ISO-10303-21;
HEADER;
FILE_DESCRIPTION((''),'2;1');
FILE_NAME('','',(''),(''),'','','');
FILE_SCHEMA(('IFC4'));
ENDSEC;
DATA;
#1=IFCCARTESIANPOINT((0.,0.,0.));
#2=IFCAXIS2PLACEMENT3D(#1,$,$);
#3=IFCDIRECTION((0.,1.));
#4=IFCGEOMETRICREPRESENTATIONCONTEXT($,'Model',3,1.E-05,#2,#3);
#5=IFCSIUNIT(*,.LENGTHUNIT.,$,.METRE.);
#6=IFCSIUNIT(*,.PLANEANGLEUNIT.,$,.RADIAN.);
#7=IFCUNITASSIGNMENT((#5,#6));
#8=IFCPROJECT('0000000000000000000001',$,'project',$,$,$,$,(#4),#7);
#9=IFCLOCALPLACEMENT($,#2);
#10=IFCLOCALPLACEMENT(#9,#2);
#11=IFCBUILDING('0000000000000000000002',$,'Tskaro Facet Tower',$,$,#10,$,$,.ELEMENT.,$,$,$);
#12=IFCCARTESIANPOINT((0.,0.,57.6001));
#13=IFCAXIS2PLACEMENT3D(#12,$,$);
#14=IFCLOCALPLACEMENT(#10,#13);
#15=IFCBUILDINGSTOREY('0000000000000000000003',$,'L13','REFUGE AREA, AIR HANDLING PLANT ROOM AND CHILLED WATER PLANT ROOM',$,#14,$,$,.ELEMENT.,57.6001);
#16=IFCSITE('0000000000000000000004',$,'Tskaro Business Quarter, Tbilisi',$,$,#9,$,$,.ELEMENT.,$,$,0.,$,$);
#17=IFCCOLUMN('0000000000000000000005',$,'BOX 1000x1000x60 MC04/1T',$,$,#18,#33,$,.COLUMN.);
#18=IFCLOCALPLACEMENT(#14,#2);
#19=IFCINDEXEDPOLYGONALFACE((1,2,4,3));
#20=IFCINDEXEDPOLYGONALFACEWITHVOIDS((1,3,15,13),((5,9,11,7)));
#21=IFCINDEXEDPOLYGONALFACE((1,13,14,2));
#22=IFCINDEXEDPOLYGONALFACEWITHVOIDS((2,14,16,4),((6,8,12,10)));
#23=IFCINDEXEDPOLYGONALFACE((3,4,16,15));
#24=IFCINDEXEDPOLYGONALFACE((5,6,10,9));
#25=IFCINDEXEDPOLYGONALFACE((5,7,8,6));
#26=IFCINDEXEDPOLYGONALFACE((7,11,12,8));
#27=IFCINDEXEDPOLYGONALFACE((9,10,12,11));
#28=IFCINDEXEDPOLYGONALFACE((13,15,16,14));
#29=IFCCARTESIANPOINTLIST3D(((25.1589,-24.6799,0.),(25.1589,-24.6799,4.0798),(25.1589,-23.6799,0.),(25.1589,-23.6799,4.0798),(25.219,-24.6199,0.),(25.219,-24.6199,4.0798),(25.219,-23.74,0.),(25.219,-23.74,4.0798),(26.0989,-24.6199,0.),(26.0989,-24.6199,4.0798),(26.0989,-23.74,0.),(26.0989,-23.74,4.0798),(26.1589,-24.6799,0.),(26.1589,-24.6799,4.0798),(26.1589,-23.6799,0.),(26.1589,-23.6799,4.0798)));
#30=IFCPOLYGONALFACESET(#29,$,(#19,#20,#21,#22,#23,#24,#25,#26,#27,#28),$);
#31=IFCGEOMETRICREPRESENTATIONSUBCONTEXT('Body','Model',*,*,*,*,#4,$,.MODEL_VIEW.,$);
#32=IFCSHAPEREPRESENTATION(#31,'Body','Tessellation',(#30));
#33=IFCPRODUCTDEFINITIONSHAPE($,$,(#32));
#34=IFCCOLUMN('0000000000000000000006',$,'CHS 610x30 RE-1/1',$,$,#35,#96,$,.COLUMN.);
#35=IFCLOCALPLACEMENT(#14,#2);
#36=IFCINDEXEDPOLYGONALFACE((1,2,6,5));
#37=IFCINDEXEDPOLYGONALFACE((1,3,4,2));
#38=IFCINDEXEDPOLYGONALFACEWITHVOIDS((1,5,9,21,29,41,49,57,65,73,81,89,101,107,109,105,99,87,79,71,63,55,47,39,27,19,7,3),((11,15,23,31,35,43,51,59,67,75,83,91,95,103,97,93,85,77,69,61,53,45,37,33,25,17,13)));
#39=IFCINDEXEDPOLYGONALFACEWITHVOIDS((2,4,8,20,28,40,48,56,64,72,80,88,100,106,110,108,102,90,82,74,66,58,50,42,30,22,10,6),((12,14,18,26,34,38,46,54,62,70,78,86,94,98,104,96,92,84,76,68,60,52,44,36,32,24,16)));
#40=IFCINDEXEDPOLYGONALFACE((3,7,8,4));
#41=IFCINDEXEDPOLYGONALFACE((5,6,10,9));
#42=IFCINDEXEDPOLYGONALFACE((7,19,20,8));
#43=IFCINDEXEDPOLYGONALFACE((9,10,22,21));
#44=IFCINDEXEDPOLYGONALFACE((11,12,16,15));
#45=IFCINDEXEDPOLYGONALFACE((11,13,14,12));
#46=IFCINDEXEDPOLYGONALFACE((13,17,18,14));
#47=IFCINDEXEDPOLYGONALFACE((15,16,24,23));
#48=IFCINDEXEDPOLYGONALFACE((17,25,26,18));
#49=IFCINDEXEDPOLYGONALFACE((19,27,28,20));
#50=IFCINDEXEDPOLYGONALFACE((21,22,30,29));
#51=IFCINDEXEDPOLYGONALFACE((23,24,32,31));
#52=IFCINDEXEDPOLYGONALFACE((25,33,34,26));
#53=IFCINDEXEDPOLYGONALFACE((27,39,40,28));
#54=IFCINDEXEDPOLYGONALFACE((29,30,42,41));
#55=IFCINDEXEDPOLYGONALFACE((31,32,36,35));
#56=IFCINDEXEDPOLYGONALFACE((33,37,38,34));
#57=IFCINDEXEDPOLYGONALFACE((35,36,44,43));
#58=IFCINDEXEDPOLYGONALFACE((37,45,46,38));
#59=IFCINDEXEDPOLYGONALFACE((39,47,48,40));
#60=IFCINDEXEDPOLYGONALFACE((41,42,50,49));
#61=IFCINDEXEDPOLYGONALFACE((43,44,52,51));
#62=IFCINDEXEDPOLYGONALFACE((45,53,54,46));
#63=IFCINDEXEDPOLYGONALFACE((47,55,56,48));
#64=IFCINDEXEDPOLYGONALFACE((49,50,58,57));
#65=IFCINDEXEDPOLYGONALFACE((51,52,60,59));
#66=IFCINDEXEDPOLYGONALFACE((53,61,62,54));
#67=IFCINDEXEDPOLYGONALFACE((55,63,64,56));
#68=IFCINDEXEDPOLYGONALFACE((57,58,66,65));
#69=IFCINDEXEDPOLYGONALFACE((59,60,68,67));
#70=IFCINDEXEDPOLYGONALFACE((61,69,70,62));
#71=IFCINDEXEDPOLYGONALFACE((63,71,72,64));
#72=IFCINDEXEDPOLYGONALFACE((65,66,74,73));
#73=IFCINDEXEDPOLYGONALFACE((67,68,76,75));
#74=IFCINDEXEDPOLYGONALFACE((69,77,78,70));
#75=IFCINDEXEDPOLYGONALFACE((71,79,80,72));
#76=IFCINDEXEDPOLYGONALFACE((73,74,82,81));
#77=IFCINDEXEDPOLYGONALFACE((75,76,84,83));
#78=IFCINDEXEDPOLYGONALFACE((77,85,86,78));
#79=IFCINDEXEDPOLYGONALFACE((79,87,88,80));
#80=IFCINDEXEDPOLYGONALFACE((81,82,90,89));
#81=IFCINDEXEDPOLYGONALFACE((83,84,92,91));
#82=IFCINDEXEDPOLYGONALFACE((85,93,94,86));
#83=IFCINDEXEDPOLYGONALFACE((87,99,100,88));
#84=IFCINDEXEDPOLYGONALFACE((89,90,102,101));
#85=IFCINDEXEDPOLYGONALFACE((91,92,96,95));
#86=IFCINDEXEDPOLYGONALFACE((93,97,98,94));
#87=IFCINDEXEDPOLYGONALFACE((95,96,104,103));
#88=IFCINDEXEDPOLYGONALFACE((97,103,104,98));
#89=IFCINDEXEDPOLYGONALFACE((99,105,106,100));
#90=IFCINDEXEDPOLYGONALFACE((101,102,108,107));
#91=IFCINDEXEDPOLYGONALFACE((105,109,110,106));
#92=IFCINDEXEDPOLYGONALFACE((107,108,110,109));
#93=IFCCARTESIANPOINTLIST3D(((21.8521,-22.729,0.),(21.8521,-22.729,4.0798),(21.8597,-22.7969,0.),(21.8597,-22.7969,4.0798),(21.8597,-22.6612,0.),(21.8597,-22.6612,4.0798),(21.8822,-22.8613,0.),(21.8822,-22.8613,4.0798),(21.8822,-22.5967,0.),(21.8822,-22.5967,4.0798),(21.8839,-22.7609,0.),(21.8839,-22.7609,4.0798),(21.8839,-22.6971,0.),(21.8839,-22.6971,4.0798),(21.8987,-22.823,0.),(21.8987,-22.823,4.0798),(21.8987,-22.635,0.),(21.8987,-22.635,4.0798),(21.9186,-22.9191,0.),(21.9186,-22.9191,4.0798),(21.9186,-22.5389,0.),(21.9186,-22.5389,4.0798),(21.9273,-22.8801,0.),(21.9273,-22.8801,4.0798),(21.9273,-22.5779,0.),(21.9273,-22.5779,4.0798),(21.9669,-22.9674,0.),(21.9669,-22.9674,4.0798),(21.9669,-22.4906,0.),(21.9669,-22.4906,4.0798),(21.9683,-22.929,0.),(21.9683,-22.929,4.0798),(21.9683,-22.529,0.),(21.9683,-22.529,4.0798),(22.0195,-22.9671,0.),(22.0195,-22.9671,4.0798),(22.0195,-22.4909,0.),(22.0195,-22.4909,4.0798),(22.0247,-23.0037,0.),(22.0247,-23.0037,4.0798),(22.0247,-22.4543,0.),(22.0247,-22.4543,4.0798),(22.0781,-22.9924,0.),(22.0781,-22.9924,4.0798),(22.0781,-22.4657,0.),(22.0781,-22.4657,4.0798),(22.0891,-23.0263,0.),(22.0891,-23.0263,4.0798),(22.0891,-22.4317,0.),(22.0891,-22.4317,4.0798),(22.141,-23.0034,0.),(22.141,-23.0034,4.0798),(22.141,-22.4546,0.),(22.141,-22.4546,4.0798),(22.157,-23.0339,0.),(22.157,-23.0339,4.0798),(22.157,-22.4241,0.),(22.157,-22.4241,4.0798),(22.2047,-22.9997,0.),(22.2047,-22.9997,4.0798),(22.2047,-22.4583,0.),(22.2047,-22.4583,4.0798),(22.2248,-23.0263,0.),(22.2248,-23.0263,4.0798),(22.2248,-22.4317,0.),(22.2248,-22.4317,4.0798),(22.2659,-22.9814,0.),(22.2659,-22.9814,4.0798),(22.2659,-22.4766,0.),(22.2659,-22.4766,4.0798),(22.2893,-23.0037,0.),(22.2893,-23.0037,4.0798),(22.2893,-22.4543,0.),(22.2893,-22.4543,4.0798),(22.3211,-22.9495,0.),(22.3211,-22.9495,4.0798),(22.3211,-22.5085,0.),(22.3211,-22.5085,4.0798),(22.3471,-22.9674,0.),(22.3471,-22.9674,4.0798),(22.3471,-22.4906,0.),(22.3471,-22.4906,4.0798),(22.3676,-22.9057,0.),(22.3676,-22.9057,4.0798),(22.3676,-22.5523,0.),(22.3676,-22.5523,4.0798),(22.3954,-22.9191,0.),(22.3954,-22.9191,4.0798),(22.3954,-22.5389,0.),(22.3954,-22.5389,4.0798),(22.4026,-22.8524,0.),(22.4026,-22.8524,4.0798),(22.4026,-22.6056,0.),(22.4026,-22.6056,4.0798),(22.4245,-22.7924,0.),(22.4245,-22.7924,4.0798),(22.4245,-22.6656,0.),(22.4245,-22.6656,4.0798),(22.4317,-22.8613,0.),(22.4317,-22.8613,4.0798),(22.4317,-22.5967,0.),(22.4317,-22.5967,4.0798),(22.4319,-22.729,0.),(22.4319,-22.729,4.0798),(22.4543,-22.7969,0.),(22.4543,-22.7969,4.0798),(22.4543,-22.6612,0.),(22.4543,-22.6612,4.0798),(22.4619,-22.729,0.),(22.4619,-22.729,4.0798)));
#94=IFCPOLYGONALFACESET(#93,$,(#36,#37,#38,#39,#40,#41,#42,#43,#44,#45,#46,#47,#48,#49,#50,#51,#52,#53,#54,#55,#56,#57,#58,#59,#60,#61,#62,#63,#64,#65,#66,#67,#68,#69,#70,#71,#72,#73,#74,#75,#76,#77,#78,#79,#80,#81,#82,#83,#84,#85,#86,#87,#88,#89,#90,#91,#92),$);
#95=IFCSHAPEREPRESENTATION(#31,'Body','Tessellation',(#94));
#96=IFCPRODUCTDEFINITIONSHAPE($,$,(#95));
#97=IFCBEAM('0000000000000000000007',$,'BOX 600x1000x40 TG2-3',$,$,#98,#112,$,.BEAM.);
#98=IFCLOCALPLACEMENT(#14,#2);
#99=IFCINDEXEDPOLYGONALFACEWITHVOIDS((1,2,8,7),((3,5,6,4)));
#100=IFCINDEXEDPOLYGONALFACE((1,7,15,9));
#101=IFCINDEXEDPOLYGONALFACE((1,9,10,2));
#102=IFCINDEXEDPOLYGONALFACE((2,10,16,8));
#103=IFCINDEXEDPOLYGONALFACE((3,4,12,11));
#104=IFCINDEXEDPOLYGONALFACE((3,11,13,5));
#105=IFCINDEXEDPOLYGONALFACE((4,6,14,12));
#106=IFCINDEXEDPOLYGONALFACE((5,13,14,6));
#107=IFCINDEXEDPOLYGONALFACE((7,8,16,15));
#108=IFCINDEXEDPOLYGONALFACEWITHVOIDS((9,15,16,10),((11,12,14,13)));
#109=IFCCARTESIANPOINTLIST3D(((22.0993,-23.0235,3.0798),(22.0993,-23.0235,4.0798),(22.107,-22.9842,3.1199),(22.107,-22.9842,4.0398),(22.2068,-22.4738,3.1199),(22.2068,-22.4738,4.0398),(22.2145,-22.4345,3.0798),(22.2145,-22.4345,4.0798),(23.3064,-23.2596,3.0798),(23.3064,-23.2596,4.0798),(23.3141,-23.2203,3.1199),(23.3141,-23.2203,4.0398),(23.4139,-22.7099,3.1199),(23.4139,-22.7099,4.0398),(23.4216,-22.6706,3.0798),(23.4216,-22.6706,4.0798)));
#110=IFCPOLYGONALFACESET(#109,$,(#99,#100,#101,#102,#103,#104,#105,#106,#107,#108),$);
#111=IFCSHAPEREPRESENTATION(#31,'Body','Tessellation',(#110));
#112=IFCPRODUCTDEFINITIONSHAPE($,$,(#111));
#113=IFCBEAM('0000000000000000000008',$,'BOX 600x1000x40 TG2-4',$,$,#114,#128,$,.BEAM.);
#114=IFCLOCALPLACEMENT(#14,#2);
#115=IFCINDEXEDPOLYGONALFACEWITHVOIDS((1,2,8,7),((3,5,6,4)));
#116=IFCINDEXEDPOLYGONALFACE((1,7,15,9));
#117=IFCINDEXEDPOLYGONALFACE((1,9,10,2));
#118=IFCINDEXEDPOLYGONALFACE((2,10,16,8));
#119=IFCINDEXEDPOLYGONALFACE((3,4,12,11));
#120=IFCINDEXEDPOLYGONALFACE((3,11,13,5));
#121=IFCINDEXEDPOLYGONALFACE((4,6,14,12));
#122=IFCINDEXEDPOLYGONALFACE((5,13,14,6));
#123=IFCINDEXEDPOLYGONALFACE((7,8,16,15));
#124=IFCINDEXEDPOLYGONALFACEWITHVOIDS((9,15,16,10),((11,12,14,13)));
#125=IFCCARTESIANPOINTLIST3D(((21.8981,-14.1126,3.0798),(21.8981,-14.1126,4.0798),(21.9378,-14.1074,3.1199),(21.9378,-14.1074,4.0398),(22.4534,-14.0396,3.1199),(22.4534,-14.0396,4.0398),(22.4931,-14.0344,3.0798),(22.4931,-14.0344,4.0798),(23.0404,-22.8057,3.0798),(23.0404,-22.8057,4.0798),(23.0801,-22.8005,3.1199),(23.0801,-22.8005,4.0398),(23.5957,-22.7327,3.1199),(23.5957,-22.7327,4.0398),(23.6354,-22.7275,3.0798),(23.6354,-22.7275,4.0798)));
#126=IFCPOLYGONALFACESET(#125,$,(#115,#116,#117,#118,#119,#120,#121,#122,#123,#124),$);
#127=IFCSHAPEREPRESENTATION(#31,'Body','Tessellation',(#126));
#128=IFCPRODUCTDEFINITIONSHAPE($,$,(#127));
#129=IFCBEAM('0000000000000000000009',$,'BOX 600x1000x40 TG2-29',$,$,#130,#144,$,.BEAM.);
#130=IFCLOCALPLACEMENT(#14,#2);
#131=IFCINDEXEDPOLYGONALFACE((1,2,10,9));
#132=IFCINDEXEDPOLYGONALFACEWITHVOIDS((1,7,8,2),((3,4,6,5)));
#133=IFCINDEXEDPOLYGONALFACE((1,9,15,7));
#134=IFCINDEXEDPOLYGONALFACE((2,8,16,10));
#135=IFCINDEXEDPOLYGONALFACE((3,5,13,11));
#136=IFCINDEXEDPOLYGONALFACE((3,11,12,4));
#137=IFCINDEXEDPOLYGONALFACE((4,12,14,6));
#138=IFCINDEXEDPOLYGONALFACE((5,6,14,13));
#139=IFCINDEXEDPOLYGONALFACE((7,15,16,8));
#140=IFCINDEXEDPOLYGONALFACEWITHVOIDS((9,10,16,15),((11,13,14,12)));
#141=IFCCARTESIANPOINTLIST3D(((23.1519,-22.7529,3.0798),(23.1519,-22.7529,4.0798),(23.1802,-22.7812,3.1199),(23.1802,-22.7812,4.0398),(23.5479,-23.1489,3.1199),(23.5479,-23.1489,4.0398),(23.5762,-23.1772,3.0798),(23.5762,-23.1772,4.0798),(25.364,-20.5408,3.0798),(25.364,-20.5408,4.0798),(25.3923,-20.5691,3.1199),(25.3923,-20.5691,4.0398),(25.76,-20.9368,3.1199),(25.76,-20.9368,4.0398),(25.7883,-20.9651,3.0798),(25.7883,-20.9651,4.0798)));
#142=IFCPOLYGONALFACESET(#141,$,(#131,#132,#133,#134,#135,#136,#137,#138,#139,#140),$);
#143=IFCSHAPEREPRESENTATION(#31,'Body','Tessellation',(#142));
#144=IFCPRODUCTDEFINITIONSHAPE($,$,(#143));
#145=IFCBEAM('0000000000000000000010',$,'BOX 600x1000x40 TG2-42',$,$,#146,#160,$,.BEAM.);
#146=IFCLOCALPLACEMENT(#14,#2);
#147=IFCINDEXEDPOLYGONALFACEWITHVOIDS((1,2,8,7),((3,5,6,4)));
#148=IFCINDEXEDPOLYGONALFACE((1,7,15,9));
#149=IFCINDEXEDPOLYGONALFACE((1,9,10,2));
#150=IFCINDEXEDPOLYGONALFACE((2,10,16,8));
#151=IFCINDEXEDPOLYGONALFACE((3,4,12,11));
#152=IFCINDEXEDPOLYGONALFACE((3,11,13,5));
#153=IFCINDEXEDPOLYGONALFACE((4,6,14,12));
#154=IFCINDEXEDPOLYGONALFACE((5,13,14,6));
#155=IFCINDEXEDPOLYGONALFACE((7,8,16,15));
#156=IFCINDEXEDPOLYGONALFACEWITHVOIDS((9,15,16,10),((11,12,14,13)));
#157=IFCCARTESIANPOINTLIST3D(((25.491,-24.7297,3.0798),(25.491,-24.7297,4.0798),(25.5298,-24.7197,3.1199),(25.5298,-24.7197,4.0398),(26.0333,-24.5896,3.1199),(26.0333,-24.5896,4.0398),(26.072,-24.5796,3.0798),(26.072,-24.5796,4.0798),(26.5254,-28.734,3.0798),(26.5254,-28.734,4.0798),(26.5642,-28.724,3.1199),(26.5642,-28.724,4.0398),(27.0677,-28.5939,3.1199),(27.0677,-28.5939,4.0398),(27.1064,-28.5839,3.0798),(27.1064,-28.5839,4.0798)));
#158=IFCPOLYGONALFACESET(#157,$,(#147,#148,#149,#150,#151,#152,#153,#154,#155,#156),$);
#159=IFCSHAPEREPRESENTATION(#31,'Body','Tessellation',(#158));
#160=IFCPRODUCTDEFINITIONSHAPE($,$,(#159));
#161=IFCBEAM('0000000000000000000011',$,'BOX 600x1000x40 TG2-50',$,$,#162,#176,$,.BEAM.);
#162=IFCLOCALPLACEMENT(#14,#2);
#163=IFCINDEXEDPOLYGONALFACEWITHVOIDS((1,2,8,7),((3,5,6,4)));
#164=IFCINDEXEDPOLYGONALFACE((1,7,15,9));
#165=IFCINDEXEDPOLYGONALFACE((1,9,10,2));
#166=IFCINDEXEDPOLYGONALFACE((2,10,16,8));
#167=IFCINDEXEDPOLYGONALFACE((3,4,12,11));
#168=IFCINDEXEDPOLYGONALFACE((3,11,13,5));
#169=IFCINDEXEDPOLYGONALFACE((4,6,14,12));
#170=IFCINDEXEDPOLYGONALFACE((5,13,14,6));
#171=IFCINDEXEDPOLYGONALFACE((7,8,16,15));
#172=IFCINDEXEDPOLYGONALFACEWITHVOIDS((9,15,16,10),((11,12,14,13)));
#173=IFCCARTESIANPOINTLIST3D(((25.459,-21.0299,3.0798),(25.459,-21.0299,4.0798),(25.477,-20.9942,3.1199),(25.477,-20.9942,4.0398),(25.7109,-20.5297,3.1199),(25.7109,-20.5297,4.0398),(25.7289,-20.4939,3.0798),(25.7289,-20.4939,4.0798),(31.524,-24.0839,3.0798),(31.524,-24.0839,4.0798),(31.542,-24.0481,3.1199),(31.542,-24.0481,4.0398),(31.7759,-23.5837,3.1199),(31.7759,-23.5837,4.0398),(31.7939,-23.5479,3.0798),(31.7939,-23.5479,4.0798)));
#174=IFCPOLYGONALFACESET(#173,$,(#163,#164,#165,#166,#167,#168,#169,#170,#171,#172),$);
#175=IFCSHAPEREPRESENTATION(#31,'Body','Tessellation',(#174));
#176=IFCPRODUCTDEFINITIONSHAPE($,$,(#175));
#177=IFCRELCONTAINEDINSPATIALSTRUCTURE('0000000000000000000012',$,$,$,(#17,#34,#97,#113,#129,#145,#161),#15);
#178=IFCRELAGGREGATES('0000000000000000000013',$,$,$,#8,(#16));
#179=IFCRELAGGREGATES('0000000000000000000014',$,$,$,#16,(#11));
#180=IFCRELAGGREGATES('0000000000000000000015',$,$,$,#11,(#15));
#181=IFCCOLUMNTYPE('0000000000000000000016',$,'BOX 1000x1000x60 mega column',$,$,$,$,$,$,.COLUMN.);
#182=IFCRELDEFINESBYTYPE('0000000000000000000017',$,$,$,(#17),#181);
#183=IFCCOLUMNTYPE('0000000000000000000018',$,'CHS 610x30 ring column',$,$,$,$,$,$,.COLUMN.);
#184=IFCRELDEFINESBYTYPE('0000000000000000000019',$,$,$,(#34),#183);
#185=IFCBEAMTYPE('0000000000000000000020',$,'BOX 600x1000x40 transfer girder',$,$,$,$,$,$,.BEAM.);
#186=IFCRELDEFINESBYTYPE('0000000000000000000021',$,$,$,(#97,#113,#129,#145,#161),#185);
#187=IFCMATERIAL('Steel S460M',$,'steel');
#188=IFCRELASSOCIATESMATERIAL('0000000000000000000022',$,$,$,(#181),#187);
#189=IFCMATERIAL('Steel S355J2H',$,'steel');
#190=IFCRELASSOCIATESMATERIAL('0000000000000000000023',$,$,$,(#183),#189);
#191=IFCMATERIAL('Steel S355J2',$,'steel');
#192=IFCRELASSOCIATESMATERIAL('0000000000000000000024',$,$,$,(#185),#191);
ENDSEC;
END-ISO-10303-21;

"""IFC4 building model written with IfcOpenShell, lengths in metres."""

from ifc_helpers import new_model, si_unit, direction, frame, origin, origin_2d, place, context, subcontext, project, spatial, hollow_rectangle, hollow_circle, extrude, material, material_profile, profile_set, type_object, element, save


model = new_model("IFC4")

# Units and contexts
model_context = context("Model", 3, precision=1e-05, world=origin(), true_north=direction((0.0, 1.0)))
body_context = subcontext(model_context, "Body", "Model", "MODEL_VIEW")
ifc_project = project(units=[si_unit("LENGTHUNIT", "METRE"), si_unit("PLANEANGLEUNIT", "RADIAN")], contexts=[model_context])

# Site, building, storey
site_placement = place(None, origin())
site = spatial("IfcSite", under=ifc_project, at=site_placement, Name="Tskaro Business Quarter, Tbilisi", CompositionType="ELEMENT", RefElevation=0.0)
building_placement = place(site_placement, origin())
building = spatial("IfcBuilding", under=site, at=building_placement, Name="Tskaro Facet Tower", CompositionType="ELEMENT")
storey_placement = place(building_placement, frame((0.0, 0.0, 57.6001)))
storey = spatial("IfcBuildingStorey", under=building, at=storey_placement, Name="L13", Description="REFUGE AREA, AIR HANDLING PLANT ROOM AND CHILLED WATER PLANT ROOM", CompositionType="ELEMENT", Elevation=57.6001)

# Columns
ifc_material_1 = material(Name="Steel S460M", Category="steel")
ifc_material_profile_1 = material_profile(ifc_material_1, hollow_rectangle(XDim=1.0, YDim=1.0, WallThickness=0.0601, at=origin_2d()), Name="BOX 1000x1000x60")
ifc_profile_set_1 = profile_set([ifc_material_profile_1], Name="Steel S460M")
column_type_1 = type_object("IfcColumnType", Name="BOX 1000x1000x60 mega column", PredefinedType="COLUMN", material=ifc_profile_set_1)
column_1_placement = place(storey_placement, frame((25.6589, -24.1799, 0.0), z_axis=(0.0, 0.0, 1.0), x_axis=(1.0, 0.0, 0.0)))
element("IfcColumn", 1, at=column_1_placement, inside=storey, type_object=column_type_1, Name="BOX 1000x1000x60 MC04/1T", PredefinedType="COLUMN", context=body_context, shape_type="SweptSolid", body=[
    extrude(hollow_rectangle(XDim=1.0, YDim=1.0, WallThickness=0.0601, at=origin_2d()), origin(), (0.0, 0.0, 1.0), 4.0798),
])
ifc_material_2 = material(Name="Steel S355J2H", Category="steel")
ifc_material_profile_2 = material_profile(ifc_material_2, hollow_circle(Radius=0.3049, WallThickness=0.03, at=origin_2d()), Name="CHS 610x30")
ifc_profile_set_2 = profile_set([ifc_material_profile_2], Name="Steel S355J2H")
column_type_2 = type_object("IfcColumnType", Name="CHS 610x30 ring column", PredefinedType="COLUMN", material=ifc_profile_set_2)
column_2_placement = place(storey_placement, frame((22.157, -22.729, 0.0), z_axis=(0.0, 0.0, 1.0), x_axis=(1.0, 0.0, 0.0)))
element("IfcColumn", 2, at=column_2_placement, inside=storey, type_object=column_type_2, Name="CHS 610x30 RE-1/1", PredefinedType="COLUMN", context=body_context, shape_type="SweptSolid", body=[
    extrude(hollow_circle(Radius=0.3049, WallThickness=0.03, at=origin_2d()), origin(), (0.0, 0.0, 1.0), 4.0798),
])

# Beams
ifc_material_3 = material(Name="Steel S355J2", Category="steel")
ifc_material_profile_3 = material_profile(ifc_material_3, hollow_rectangle(XDim=0.6001, YDim=1.0, WallThickness=0.04, at=origin_2d()), Name="BOX 600x1000x40")
ifc_profile_set_3 = profile_set([ifc_material_profile_3], Name="Steel S355J2")
beam_type_1 = type_object("IfcBeamType", Name="BOX 600x1000x40 transfer girder", PredefinedType="BEAM", material=ifc_profile_set_3)
beam_1_placement = place(storey_placement, frame((23.364, -22.9651, 3.5798), z_axis=(-0.981404, 0.191953, 0.0), x_axis=(-0.191953, -0.981404, 0.0)))
element("IfcBeam", 3, at=beam_1_placement, inside=storey, type_object=beam_type_1, Name="BOX 600x1000x40 TG2-3", PredefinedType="BEAM", context=body_context, shape_type="SweptSolid", body=[
    extrude(hollow_rectangle(XDim=0.6001, YDim=1.0, WallThickness=0.04, at=origin_2d()), origin(), (0.0, 0.0, 1.0), 1.23),
])
beam_2_placement = place(storey_placement, frame((23.3379, -22.7666, 3.5798), z_axis=(-0.130287, 0.991476, 0.0), x_axis=(-0.991476, -0.130287, 0.0)))
element("IfcBeam", 4, at=beam_2_placement, inside=storey, type_object=beam_type_1, Name="BOX 600x1000x40 TG2-4", PredefinedType="BEAM", context=body_context, shape_type="SweptSolid", body=[
    extrude(hollow_rectangle(XDim=0.6001, YDim=1.0, WallThickness=0.04, at=origin_2d()), origin(), (0.0, 0.0, 1.0), 8.7678),
])
beam_3_placement = place(storey_placement, frame((25.5762, -20.7529, 3.5798), z_axis=(-0.707107, -0.707107, 0.0), x_axis=(0.707107, -0.707107, 0.0)))
element("IfcBeam", 5, at=beam_3_placement, inside=storey, type_object=beam_type_1, Name="BOX 600x1000x40 TG2-29", PredefinedType="BEAM", context=body_context, shape_type="SweptSolid", body=[
    extrude(hollow_rectangle(XDim=0.6001, YDim=1.0, WallThickness=0.04, at=origin_2d()), origin(), (0.0, 0.0, 1.0), 3.1284),
])
beam_4_placement = place(storey_placement, frame((26.8159, -28.6589, 3.5798), z_axis=(-0.250112, 0.968217, 0.0), x_axis=(-0.968217, -0.250112, 0.0)))
element("IfcBeam", 6, at=beam_4_placement, inside=storey, type_object=beam_type_1, Name="BOX 600x1000x40 TG2-42", PredefinedType="BEAM", context=body_context, shape_type="SweptSolid", body=[
    extrude(hollow_rectangle(XDim=0.6001, YDim=1.0, WallThickness=0.04, at=origin_2d()), origin(), (0.0, 0.0, 1.0), 4.1357),
])
beam_5_placement = place(storey_placement, frame((31.6589, -23.8159, 3.5798), z_axis=(-0.893158, 0.449743, 0.0), x_axis=(-0.449743, -0.893158, 0.0)))
element("IfcBeam", 7, at=beam_5_placement, inside=storey, type_object=beam_type_1, Name="BOX 600x1000x40 TG2-50", PredefinedType="BEAM", context=body_context, shape_type="SweptSolid", body=[
    extrude(hollow_rectangle(XDim=0.6001, YDim=1.0, WallThickness=0.04, at=origin_2d()), origin(), (0.0, 0.0, 1.0), 6.7905),
])

save(model, "model.ifc")
